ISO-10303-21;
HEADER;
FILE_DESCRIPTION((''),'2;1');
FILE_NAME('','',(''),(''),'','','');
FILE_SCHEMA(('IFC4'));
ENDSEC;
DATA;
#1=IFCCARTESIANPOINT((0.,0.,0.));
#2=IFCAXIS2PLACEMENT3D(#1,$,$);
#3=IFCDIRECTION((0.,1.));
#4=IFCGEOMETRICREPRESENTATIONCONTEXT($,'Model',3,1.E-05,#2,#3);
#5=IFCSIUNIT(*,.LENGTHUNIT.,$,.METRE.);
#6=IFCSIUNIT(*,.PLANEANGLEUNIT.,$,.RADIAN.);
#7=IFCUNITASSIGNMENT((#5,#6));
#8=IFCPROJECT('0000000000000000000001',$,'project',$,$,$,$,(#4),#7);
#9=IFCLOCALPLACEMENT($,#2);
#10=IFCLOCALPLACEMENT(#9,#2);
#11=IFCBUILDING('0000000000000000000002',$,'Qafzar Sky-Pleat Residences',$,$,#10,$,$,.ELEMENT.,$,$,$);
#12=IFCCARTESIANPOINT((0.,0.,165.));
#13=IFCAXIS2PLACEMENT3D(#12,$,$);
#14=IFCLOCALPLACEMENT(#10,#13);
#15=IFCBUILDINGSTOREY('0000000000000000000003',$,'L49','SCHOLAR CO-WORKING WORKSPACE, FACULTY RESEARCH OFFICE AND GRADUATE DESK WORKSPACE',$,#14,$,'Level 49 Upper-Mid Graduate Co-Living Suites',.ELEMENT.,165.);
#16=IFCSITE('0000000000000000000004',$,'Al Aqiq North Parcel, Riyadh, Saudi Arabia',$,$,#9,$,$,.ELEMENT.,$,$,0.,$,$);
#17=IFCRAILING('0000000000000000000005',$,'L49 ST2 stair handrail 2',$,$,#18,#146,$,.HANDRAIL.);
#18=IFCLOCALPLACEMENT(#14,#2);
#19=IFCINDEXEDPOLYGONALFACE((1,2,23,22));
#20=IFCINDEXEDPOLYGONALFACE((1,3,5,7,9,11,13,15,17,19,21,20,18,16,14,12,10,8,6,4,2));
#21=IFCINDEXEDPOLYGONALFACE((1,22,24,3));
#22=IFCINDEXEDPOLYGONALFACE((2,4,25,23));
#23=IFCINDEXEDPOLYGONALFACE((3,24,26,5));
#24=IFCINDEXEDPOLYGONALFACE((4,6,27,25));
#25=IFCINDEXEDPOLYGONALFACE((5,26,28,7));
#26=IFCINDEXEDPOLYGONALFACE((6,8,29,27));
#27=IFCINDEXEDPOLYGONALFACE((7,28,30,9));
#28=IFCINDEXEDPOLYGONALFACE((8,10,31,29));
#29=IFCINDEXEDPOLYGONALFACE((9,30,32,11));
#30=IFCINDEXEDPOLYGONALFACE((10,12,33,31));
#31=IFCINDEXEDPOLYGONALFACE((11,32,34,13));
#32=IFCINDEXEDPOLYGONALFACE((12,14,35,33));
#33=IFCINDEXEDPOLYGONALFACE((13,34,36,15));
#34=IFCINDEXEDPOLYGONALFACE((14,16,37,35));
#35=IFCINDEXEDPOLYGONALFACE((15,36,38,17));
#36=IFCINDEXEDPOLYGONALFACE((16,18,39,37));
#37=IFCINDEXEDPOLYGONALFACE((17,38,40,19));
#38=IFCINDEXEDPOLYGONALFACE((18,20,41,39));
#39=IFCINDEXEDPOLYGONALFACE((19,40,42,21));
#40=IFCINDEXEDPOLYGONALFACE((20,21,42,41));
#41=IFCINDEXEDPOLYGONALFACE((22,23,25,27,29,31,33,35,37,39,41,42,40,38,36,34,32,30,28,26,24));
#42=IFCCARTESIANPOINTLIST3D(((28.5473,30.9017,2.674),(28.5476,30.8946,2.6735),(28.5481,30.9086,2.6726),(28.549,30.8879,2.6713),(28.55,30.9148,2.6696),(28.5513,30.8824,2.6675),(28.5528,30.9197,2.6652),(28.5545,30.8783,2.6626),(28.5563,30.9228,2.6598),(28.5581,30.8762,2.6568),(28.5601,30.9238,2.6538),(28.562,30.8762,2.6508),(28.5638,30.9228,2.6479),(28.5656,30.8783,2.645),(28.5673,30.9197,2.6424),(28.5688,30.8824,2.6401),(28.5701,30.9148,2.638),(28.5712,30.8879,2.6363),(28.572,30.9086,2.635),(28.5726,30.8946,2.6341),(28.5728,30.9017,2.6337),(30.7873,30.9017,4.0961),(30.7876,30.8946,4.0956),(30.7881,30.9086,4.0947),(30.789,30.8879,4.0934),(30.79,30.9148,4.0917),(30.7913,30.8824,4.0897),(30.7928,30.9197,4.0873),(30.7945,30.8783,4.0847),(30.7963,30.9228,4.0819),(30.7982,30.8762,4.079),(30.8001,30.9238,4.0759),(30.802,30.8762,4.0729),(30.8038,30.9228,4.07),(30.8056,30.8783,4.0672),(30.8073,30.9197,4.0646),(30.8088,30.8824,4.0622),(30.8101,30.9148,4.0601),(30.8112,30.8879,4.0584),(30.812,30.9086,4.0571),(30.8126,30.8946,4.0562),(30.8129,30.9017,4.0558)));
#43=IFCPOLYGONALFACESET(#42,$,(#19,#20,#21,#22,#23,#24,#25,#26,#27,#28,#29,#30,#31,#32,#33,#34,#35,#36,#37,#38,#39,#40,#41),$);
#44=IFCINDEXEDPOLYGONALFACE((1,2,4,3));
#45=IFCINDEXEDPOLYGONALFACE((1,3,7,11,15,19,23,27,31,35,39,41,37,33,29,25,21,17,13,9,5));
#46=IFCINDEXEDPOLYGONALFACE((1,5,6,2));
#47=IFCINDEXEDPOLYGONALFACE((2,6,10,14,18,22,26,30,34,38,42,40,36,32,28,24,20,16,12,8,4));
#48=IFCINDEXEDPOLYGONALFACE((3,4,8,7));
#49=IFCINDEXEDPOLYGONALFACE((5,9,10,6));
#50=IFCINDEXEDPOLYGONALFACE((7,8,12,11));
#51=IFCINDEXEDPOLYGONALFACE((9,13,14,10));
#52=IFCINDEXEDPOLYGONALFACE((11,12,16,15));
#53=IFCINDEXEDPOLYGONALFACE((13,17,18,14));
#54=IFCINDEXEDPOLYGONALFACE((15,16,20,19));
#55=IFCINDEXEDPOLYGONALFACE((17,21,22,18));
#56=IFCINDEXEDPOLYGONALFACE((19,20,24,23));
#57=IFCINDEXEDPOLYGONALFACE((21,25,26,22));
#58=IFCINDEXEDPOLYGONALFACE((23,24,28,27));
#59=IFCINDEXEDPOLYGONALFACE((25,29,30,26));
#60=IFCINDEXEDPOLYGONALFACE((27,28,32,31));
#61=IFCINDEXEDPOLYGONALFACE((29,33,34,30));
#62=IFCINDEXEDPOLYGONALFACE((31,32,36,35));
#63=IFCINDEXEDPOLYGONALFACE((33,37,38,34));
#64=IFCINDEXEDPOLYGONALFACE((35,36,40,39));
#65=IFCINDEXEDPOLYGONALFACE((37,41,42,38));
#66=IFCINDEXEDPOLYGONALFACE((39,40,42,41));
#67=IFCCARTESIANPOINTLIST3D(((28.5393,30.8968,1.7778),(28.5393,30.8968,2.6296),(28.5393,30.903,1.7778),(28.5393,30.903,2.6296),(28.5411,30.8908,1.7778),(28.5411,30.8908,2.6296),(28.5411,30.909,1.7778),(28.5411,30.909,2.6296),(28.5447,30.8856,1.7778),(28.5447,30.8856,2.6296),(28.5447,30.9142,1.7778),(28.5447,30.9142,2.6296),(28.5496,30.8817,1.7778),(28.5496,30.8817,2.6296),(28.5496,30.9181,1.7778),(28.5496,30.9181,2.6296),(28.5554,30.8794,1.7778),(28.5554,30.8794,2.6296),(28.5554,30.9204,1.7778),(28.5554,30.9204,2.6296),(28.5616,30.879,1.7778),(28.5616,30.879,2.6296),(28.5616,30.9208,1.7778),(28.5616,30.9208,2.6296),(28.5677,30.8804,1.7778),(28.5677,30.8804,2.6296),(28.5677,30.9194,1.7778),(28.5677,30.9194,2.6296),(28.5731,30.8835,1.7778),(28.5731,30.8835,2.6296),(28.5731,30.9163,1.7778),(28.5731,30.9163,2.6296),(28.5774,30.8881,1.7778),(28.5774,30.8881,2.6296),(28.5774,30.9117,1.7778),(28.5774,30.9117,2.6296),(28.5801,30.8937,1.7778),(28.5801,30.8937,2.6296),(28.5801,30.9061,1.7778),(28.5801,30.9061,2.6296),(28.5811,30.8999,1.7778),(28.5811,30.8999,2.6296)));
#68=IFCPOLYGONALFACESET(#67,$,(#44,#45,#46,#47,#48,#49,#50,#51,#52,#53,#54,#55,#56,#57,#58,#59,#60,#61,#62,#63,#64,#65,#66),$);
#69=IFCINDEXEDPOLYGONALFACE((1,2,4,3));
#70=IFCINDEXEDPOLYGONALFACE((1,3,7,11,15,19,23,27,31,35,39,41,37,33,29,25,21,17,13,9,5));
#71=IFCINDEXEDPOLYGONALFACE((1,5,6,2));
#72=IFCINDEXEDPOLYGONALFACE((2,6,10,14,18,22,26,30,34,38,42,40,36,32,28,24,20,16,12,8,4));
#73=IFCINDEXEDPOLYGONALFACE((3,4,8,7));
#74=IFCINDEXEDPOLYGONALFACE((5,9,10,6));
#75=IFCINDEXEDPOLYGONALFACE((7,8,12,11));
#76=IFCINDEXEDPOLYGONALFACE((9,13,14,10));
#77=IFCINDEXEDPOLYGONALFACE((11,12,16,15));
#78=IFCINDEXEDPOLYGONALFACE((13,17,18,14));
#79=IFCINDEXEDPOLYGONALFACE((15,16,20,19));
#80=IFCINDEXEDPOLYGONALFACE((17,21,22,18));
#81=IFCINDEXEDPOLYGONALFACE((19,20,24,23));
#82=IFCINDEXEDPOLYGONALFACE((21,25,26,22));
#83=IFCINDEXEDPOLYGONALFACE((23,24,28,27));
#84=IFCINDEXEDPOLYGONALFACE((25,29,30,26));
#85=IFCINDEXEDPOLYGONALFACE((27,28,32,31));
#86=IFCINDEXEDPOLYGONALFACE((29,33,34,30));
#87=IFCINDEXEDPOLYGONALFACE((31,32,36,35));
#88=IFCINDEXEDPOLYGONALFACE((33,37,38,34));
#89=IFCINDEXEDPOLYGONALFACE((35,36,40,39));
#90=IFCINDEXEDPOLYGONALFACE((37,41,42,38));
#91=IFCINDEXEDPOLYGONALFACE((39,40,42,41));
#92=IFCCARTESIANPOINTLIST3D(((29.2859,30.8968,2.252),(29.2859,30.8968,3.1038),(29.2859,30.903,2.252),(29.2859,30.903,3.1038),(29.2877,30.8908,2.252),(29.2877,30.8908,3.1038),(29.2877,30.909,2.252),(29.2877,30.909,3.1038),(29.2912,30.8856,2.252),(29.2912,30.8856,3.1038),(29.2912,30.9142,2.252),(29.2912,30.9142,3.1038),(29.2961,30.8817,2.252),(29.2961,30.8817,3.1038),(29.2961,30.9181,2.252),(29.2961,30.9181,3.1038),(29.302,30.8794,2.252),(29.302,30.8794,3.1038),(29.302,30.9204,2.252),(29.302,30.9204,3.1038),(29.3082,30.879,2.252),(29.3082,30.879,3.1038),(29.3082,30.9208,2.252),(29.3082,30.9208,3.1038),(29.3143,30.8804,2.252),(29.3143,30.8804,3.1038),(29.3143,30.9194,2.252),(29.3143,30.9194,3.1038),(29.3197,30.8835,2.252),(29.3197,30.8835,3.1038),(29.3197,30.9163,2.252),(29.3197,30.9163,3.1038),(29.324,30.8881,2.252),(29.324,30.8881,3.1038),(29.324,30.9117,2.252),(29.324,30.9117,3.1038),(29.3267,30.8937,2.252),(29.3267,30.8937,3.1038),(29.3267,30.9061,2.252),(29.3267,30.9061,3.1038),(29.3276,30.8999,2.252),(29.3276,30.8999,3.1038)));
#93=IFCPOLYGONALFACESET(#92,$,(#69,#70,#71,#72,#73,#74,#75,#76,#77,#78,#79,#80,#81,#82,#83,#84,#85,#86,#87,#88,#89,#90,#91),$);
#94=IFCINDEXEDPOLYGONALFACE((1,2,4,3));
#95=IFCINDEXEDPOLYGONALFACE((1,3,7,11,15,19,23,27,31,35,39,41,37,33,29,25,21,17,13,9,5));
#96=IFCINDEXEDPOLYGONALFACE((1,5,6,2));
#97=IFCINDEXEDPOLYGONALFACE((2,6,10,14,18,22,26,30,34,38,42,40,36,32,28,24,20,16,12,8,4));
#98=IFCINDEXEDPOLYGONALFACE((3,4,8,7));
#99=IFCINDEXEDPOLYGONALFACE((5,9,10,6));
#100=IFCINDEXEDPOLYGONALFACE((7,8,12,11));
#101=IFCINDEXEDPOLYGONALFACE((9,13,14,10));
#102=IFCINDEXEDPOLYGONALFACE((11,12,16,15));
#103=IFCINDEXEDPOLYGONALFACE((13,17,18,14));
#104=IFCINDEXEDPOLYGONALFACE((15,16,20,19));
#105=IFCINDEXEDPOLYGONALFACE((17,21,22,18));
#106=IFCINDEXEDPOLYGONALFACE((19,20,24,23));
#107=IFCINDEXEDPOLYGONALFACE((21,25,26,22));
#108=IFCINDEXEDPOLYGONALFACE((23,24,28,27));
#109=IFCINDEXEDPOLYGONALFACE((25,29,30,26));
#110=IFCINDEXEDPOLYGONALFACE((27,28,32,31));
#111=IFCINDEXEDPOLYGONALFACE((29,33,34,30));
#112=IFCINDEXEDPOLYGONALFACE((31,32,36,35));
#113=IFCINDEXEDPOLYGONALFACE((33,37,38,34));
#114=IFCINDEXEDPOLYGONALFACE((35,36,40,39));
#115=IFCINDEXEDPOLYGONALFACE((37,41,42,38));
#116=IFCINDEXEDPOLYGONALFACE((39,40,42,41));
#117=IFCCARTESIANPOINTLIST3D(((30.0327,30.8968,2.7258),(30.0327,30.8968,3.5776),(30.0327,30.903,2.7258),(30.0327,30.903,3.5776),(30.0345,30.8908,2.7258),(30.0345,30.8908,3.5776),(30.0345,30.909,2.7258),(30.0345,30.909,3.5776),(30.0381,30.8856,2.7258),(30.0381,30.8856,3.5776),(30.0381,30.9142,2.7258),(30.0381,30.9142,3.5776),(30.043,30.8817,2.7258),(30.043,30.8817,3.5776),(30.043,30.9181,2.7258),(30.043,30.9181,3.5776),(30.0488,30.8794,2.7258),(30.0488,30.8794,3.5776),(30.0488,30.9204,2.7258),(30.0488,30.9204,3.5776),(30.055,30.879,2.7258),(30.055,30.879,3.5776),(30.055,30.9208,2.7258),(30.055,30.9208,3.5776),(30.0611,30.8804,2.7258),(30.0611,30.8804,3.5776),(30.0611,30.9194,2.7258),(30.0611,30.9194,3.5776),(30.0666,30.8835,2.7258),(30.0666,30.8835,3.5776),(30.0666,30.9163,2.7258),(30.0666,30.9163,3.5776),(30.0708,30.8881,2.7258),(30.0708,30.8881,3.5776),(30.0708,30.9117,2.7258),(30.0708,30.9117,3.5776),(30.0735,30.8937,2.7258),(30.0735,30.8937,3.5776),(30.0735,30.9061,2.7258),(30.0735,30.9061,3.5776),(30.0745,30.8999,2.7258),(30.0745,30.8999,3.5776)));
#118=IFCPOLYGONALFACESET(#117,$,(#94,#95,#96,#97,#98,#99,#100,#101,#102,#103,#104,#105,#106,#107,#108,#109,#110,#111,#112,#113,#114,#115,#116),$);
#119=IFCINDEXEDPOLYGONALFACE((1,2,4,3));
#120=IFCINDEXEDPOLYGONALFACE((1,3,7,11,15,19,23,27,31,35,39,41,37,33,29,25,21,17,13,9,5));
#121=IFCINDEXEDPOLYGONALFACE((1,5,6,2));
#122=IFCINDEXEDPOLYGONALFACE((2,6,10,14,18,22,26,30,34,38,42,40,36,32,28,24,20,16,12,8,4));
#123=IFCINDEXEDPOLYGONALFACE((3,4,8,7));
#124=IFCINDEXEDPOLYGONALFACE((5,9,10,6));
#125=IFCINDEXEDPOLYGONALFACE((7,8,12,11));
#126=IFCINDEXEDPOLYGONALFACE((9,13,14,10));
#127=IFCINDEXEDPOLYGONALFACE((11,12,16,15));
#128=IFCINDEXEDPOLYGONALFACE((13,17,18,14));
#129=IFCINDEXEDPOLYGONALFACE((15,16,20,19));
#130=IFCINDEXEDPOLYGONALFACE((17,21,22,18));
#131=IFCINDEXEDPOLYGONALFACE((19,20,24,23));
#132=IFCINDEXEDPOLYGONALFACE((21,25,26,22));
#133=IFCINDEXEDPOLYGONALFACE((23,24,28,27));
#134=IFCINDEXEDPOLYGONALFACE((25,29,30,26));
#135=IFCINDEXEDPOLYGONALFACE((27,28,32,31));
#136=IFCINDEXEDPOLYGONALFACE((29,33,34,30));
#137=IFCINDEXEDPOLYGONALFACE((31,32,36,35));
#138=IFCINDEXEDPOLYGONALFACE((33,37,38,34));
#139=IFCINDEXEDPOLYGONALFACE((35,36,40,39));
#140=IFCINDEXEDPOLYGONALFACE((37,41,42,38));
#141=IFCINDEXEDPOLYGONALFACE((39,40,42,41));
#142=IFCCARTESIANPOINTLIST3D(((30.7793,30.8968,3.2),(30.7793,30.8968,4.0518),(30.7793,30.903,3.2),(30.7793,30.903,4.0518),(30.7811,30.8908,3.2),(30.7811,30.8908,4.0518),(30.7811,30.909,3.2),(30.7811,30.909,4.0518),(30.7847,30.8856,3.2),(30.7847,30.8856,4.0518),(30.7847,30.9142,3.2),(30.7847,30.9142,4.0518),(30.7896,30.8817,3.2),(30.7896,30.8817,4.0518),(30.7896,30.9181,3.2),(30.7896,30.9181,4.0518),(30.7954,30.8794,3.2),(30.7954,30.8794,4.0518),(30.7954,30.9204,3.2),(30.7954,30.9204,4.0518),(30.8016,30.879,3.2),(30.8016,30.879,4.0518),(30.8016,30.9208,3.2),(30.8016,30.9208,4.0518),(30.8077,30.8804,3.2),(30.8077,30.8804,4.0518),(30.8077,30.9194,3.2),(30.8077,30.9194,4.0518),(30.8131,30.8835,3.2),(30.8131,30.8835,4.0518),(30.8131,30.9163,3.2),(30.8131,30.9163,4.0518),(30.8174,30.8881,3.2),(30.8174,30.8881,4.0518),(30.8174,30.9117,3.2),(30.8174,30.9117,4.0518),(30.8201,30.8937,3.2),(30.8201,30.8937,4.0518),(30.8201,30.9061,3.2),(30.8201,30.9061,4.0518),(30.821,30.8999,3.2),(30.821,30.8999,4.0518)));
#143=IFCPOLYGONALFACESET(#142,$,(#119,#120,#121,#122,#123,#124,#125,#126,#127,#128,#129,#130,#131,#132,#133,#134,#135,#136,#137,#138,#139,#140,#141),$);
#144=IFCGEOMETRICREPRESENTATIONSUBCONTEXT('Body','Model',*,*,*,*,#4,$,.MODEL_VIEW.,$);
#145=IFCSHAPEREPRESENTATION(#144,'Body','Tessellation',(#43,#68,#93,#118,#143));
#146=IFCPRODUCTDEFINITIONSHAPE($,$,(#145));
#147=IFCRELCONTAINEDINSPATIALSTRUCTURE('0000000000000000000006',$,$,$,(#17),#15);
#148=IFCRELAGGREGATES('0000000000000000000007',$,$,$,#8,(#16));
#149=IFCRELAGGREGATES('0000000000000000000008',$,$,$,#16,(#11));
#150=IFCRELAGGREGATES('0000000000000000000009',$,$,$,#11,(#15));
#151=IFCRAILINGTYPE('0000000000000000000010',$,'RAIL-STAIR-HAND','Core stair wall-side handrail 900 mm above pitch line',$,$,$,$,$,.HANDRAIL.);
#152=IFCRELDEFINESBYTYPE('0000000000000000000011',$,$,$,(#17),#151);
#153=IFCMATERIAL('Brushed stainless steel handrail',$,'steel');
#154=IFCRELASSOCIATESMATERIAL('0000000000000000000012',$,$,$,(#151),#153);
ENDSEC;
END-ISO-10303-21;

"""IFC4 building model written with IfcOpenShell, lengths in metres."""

from ifc_helpers import new_model, si_unit, direction, frame, origin, origin_2d, place, context, subcontext, project, spatial, circle, extrude, source, transform, mapped, material, type_object, element, save


model = new_model("IFC4")

# Units and contexts
model_context = context("Model", 3, precision=1e-05, world=origin(), true_north=direction((0.0, 1.0)))
body_context = subcontext(model_context, "Body", "Model", "MODEL_VIEW")
ifc_project = project(units=[si_unit("LENGTHUNIT", "METRE"), si_unit("PLANEANGLEUNIT", "RADIAN")], contexts=[model_context])

# Site, building, storey
site_placement = place(None, origin())
site = spatial("IfcSite", under=ifc_project, at=site_placement, Name="Al Aqiq North Parcel, Riyadh, Saudi Arabia", CompositionType="ELEMENT", RefElevation=0.0)
building_placement = place(site_placement, origin())
building = spatial("IfcBuilding", under=site, at=building_placement, Name="Qafzar Sky-Pleat Residences", CompositionType="ELEMENT")
storey_placement = place(building_placement, frame((0.0, 0.0, 165.0)))
storey = spatial("IfcBuildingStorey", under=building, at=storey_placement, Name="L49", Description="SCHOLAR CO-WORKING WORKSPACE, FACULTY RESEARCH OFFICE AND GRADUATE DESK WORKSPACE", LongName="Level 49 Upper-Mid Graduate Co-Living Suites", CompositionType="ELEMENT", Elevation=165.0)

# Railing
ifc_material_1 = material(Name="Brushed stainless steel handrail", Category="steel")
railing_type_1 = type_object("IfcRailingType", Name="RAIL-STAIR-HAND", Description="Core stair wall-side handrail 900 mm above pitch line", PredefinedType="HANDRAIL", material=ifc_material_1)
shared_shape_1 = source(origin(), body_context, "Body", "SweptSolid", [
    extrude(circle(Radius=0.0239, at=origin_2d()), frame((0.0, 0.0, 0.876), z_axis=(0.844229, 0.0, 0.535982), x_axis=(0.0, 1.0, 0.0)), (0.0, 0.0, 1.0), 2.6533),
    extrude(circle(Radius=0.021, at=origin_2d()), origin(), (0.0, 0.0, 1.0), 0.8518),
    extrude(circle(Radius=0.021, at=origin_2d()), frame((0.7466, 0.0, 0.4741)), (0.0, 0.0, 1.0), 0.8518),
    extrude(circle(Radius=0.021, at=origin_2d()), frame((1.4934, 0.0, 0.948)), (0.0, 0.0, 1.0), 0.8518),
    extrude(circle(Radius=0.021, at=origin_2d()), frame((2.24, 0.0, 1.4221)), (0.0, 0.0, 1.0), 0.8518),
])
railing_1_placement = place(storey_placement, frame((28.5601, 30.8999, 1.7778)))
element("IfcRailing", 1, at=railing_1_placement, inside=storey, type_object=railing_type_1, Name="L49 ST2 stair handrail 2", PredefinedType="HANDRAIL", context=body_context, shape_type="MappedRepresentation", body=[
    mapped(shared_shape_1, transform((0.0, 0.0, 0.0), x_axis=(1.0, 0.0, 0.0), y_axis=(0.0, 1.0, 0.0), z_axis=(0.0, 0.0, 1.0), scale=1.0)),
])

save(model, "model.ifc")
